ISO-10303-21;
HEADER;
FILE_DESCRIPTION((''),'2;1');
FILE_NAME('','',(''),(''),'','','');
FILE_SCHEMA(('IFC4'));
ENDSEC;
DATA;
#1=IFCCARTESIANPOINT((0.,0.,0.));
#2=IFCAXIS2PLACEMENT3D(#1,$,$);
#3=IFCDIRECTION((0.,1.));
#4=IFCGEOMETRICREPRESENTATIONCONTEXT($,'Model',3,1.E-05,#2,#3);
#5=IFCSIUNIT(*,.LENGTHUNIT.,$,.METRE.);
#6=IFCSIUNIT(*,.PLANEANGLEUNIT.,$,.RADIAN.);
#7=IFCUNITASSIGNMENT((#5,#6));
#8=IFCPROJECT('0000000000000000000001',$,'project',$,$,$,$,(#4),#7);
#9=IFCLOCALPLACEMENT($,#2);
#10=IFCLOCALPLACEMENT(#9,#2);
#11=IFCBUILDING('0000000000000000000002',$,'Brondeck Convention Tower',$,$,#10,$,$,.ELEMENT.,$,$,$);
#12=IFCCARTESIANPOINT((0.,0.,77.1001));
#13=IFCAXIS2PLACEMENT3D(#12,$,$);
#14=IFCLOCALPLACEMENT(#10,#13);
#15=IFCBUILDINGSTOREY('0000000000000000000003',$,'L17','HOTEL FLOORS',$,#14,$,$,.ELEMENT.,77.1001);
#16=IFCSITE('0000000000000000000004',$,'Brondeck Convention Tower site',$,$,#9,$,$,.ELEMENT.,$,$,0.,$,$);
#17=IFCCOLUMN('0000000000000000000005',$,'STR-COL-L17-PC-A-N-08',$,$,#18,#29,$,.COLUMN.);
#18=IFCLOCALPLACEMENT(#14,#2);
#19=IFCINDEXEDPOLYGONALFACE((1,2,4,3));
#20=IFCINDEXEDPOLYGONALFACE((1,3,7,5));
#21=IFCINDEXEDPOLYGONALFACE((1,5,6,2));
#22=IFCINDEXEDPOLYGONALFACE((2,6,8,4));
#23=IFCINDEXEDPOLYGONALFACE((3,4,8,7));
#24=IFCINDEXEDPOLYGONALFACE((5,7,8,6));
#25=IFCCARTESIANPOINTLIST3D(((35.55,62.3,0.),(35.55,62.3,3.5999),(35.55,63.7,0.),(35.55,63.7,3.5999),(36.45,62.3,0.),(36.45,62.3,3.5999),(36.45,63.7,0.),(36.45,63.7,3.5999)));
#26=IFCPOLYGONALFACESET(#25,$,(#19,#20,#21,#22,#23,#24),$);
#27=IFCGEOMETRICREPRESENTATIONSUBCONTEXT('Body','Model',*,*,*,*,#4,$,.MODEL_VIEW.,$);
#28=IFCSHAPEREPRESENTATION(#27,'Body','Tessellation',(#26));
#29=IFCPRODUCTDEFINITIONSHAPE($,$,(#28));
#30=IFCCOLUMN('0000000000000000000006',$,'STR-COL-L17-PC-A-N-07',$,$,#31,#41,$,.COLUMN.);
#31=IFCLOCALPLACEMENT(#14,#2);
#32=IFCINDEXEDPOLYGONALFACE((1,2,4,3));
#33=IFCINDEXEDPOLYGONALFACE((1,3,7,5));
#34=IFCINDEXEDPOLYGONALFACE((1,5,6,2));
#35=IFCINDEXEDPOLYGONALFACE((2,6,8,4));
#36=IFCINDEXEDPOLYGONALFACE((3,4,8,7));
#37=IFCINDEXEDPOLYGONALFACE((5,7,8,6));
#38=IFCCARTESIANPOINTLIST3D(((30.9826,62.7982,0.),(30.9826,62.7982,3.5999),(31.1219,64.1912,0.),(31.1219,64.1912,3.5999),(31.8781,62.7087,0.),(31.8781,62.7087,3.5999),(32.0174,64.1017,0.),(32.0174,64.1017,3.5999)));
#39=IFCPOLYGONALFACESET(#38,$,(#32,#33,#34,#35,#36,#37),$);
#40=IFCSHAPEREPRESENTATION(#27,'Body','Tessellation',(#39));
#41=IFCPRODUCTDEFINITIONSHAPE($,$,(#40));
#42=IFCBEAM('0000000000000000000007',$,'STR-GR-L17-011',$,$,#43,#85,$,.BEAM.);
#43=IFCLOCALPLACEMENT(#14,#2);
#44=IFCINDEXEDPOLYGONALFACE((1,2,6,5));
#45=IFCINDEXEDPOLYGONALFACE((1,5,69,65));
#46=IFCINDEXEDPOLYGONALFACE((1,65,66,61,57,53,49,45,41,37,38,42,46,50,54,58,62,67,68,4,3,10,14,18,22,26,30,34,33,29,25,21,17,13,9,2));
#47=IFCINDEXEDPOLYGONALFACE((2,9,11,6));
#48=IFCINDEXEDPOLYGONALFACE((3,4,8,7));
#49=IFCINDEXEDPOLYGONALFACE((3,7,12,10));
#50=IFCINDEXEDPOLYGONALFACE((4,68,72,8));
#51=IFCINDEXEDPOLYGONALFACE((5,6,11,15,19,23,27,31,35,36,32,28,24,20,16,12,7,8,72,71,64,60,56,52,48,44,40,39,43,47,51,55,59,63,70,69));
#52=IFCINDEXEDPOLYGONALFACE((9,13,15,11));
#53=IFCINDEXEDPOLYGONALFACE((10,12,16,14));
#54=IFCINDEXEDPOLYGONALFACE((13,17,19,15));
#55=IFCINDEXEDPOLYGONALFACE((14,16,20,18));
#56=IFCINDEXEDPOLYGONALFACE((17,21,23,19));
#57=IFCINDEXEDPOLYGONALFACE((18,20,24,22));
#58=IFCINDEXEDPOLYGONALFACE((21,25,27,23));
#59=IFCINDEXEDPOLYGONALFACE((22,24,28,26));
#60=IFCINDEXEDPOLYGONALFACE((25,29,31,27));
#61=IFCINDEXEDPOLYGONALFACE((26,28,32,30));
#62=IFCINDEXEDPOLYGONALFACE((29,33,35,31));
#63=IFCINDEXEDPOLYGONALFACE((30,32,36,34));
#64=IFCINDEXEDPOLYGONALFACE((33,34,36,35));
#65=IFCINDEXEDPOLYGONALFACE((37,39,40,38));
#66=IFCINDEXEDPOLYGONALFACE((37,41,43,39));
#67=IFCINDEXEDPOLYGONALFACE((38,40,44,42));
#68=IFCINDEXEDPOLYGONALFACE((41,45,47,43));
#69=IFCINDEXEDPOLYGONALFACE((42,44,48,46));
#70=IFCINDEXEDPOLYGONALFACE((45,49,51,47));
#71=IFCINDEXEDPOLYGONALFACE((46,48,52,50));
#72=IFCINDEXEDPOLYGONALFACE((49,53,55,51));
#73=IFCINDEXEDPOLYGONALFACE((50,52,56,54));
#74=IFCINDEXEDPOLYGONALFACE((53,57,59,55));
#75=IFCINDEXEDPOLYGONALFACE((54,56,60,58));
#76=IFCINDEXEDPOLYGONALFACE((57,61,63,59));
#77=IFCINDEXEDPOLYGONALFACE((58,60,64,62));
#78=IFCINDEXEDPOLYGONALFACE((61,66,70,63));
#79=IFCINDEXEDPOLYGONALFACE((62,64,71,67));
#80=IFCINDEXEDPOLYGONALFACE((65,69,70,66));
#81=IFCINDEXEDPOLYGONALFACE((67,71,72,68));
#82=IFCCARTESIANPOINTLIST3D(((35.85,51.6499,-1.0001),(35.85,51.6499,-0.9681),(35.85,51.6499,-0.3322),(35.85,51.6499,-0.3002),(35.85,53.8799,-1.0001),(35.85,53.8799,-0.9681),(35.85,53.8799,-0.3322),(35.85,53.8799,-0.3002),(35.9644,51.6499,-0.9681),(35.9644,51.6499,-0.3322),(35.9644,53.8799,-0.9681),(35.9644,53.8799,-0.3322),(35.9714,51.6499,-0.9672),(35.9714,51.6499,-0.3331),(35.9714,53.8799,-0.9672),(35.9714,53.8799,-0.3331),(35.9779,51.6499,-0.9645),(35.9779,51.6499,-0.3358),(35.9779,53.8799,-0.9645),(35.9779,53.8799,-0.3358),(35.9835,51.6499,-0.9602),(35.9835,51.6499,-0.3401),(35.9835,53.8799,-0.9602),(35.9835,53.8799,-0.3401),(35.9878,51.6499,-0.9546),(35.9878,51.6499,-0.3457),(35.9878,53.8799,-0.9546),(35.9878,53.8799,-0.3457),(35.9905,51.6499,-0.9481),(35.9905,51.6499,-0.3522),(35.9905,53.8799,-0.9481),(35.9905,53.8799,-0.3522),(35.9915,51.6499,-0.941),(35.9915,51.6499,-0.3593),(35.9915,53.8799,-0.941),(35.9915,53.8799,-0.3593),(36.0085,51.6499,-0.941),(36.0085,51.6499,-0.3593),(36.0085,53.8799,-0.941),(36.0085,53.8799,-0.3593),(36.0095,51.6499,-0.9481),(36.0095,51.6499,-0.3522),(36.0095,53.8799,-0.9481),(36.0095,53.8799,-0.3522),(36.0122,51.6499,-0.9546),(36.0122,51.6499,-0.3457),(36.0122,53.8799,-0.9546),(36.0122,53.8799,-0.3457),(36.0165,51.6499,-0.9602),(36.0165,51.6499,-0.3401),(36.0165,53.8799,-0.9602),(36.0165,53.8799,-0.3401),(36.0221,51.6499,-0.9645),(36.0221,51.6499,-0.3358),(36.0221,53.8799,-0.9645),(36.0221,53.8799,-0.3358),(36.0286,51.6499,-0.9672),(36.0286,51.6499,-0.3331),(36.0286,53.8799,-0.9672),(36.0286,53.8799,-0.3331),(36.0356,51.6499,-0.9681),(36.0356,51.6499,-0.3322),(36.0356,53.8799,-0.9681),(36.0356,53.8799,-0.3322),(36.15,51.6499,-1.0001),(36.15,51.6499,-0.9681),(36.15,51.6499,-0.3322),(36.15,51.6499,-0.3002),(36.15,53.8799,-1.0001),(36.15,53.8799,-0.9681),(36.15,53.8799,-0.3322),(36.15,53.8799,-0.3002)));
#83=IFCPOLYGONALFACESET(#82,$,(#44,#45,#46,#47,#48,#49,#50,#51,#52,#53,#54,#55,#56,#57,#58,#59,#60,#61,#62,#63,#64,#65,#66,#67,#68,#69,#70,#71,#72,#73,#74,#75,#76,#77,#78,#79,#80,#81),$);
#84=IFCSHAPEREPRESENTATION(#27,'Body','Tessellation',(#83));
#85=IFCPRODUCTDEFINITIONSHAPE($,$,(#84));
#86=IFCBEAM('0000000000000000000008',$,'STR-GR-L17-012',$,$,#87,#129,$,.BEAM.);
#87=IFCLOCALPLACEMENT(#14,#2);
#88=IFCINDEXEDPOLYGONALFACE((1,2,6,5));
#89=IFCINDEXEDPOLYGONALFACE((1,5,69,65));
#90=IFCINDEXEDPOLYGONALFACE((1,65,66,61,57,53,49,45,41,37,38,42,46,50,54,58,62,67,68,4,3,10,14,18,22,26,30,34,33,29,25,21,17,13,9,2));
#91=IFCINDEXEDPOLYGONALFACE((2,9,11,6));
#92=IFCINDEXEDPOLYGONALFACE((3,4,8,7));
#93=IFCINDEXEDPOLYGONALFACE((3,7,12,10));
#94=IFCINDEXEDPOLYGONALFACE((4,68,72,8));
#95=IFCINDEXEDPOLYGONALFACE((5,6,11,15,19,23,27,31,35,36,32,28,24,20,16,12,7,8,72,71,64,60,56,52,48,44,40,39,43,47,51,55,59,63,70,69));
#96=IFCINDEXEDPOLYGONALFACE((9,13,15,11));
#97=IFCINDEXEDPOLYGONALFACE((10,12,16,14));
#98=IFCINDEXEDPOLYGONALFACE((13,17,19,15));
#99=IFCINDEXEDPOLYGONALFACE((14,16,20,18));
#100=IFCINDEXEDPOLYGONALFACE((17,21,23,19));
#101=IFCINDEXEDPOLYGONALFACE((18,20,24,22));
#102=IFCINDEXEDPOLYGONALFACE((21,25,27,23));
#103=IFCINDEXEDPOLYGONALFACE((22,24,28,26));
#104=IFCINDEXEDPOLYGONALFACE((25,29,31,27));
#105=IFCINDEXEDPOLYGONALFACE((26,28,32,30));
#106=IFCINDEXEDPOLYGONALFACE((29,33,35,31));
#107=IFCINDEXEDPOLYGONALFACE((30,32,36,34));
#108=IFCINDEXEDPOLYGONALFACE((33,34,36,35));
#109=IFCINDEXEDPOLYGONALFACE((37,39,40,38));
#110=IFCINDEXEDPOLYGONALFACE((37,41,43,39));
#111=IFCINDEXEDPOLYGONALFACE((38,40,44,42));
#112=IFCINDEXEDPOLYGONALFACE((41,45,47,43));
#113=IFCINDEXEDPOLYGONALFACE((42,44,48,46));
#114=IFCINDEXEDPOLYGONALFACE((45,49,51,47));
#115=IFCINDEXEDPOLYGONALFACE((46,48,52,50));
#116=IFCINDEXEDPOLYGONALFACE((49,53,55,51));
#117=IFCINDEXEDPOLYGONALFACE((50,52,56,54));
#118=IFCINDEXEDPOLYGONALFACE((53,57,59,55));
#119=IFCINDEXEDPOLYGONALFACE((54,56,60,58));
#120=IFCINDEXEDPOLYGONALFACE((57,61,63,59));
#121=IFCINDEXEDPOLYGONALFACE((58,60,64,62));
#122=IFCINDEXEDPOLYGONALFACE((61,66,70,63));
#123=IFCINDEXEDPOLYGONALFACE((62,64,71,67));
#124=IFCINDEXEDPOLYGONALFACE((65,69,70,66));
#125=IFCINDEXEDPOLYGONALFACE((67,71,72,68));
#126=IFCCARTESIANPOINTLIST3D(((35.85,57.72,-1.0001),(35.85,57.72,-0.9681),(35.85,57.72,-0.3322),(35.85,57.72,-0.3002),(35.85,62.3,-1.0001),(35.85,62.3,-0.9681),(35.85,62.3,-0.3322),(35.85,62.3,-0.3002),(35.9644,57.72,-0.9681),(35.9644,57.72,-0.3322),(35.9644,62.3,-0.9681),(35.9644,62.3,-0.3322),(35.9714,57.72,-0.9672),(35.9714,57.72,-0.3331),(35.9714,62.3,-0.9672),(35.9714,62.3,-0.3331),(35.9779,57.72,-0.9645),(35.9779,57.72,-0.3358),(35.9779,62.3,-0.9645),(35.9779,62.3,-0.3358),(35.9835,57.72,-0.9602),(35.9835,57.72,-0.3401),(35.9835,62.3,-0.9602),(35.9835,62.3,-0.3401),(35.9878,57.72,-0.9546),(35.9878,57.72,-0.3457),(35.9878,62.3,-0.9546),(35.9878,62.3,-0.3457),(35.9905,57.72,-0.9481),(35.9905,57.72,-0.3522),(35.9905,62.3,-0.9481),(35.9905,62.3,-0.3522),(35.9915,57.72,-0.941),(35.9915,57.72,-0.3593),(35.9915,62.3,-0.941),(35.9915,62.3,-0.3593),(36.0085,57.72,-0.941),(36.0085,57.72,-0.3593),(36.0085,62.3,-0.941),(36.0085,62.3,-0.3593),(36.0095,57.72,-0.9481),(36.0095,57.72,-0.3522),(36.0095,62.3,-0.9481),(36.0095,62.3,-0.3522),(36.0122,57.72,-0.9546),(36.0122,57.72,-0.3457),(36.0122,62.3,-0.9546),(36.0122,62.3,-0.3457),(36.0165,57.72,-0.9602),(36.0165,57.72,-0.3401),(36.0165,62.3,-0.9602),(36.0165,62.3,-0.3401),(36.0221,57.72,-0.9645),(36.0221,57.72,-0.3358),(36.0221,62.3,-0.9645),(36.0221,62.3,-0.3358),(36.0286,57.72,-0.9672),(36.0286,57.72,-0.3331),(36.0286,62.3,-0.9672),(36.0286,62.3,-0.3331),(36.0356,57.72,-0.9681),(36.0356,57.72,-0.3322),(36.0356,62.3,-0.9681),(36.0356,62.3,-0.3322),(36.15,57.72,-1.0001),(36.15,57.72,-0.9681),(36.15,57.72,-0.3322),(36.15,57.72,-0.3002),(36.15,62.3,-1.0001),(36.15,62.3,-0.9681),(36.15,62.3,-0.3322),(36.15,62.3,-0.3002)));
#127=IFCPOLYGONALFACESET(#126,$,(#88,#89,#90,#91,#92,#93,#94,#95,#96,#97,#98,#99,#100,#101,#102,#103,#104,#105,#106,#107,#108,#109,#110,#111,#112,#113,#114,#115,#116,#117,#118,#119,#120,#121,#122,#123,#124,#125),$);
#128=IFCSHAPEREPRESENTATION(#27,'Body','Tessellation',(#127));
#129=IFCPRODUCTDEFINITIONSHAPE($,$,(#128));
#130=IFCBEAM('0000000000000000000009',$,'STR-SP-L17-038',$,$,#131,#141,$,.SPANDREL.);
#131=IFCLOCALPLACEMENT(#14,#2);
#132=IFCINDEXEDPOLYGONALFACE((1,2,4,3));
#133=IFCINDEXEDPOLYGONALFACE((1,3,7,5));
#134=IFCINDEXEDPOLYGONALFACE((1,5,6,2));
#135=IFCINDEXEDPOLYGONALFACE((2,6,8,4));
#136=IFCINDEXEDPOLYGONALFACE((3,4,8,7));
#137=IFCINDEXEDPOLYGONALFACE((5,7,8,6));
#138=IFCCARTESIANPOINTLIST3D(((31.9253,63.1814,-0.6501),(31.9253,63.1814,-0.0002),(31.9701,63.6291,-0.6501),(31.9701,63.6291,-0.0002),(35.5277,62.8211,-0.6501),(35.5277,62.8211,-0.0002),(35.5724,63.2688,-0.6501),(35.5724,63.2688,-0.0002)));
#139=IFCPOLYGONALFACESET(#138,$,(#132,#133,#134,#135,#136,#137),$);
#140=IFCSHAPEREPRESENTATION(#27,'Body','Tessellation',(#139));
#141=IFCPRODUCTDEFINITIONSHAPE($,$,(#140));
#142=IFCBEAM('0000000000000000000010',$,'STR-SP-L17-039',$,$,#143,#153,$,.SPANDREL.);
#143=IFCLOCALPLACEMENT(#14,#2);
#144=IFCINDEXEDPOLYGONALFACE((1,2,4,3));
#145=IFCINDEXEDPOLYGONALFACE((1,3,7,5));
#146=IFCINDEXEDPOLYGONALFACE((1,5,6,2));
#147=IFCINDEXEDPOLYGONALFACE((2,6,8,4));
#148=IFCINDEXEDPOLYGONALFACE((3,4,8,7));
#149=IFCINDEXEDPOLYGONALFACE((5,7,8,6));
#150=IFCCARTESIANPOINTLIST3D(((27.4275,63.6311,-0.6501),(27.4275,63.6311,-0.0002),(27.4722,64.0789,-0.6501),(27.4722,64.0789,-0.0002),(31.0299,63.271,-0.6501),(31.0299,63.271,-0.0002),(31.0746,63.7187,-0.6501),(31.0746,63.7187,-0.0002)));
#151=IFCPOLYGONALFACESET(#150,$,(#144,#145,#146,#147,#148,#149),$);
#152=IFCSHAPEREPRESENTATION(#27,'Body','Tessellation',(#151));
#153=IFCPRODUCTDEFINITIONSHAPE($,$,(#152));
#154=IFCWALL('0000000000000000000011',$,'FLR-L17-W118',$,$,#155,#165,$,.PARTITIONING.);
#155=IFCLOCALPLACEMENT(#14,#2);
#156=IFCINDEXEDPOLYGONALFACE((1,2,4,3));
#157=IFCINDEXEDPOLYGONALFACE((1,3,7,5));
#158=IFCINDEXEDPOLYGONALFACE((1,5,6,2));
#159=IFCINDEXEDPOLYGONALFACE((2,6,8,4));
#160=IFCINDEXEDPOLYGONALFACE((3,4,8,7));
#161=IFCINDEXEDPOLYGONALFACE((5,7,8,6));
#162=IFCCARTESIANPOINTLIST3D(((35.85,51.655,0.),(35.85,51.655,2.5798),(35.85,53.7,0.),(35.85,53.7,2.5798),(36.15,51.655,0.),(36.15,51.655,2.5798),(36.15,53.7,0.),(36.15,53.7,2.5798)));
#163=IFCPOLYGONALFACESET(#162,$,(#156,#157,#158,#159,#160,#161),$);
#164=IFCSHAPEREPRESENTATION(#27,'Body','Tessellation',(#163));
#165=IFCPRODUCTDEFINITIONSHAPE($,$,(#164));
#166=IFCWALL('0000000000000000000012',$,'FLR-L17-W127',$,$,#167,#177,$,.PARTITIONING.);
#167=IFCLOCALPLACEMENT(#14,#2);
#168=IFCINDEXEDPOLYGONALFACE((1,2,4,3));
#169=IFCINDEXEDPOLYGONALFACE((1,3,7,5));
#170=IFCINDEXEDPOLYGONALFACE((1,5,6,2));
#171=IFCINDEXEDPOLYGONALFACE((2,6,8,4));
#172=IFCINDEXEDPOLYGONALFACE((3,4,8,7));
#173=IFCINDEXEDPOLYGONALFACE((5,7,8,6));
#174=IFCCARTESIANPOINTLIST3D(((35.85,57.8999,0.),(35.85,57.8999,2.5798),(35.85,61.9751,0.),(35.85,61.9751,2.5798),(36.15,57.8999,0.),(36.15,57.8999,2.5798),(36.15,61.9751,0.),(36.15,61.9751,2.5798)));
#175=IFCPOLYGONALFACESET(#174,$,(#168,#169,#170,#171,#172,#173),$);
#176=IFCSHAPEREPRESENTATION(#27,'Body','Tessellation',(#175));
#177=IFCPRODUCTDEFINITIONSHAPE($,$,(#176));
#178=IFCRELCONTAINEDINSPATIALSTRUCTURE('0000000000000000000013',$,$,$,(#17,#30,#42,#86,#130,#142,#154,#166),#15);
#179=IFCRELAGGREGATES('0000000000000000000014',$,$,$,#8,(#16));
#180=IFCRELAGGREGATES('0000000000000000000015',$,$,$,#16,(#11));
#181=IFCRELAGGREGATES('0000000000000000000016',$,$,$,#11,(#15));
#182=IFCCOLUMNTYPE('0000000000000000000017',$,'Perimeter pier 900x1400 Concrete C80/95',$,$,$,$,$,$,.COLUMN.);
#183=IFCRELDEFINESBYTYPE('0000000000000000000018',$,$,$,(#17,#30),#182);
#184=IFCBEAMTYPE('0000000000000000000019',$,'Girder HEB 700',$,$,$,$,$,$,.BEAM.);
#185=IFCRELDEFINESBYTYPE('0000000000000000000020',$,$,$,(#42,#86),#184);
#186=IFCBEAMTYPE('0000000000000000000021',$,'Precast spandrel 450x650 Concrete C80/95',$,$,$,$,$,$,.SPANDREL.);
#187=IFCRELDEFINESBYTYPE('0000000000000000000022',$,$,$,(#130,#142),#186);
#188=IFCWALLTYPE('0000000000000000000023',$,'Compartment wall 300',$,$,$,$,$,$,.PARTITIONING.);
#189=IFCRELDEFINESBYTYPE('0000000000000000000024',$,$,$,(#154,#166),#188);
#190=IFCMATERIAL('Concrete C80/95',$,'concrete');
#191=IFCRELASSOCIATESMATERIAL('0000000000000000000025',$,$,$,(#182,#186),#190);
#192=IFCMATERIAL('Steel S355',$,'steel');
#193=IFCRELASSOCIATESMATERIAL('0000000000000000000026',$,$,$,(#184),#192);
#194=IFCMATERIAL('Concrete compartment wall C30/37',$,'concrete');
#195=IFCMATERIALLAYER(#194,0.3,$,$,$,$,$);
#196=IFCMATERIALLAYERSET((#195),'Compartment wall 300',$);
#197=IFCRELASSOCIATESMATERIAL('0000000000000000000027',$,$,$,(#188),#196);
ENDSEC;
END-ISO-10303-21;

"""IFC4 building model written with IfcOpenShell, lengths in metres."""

from ifc_helpers import new_model, si_unit, direction, frame, frame_2d, origin, origin_2d, place, context, subcontext, project, spatial, rectangle, i_section, extrude, material, layer, layer_set, material_profile, profile_set, type_object, element, save


model = new_model("IFC4")

# Units and contexts
model_context = context("Model", 3, precision=1e-05, world=origin(), true_north=direction((0.0, 1.0)))
body_context = subcontext(model_context, "Body", "Model", "MODEL_VIEW")
ifc_project = project(units=[si_unit("LENGTHUNIT", "METRE"), si_unit("PLANEANGLEUNIT", "RADIAN")], contexts=[model_context])

# Site, building, storey
site_placement = place(None, origin())
site = spatial("IfcSite", under=ifc_project, at=site_placement, Name="Brondeck Convention Tower site", CompositionType="ELEMENT", RefElevation=0.0)
building_placement = place(site_placement, origin())
building = spatial("IfcBuilding", under=site, at=building_placement, Name="Brondeck Convention Tower", CompositionType="ELEMENT")
storey_placement = place(building_placement, frame((0.0, 0.0, 77.1001)))
storey = spatial("IfcBuildingStorey", under=building, at=storey_placement, Name="L17", Description="HOTEL FLOORS", CompositionType="ELEMENT", Elevation=77.1001)

# Columns
ifc_material_1 = material(Name="Concrete C80/95", Category="concrete")
ifc_material_profile_1 = material_profile(ifc_material_1, rectangle(XDim=0.8999, YDim=1.3999, at=origin_2d()), Name="Perimeter pier 900x1400 Concrete C80/95")
ifc_profile_set_1 = profile_set([ifc_material_profile_1], Name="Concrete C80/95")
column_type = type_object("IfcColumnType", Name="Perimeter pier 900x1400 Concrete C80/95", PredefinedType="COLUMN", material=ifc_profile_set_1)
for number, where, z_axis, x_axis, name in (
    (1, (36.0, 63.0, 0.0), (0.0, 0.0, 1.0), (-1.0, 0.0, 0.0), "STR-COL-L17-PC-A-N-08"),
    (2, (31.5, 63.45, 0.0), (0.0, 0.0, 1.0), (-0.995037, 0.099504, 0.0), "STR-COL-L17-PC-A-N-07"),
):
    element("IfcColumn", number, at=place(storey_placement, frame(where, z_axis=z_axis, x_axis=x_axis)), inside=storey, type_object=column_type, Name=name, PredefinedType="COLUMN", context=body_context, shape_type="SweptSolid", body=[
        extrude(rectangle(XDim=0.8999, YDim=1.3999, at=origin_2d()), origin(), (0.0, 0.0, 1.0), 3.5999),
    ])

# Beams
ifc_material_2 = material(Name="Steel S355", Category="steel")
ifc_material_profile_2 = material_profile(ifc_material_2, i_section(OverallWidth=0.3, OverallDepth=0.7, WebThickness=0.0171, FlangeThickness=0.032, FilletRadius=0.0271, at=origin_2d()), Name="HEB 700")
ifc_profile_set_2 = profile_set([ifc_material_profile_2], Name="Steel S355")
beam_type_1 = type_object("IfcBeamType", Name="Girder HEB 700", PredefinedType="BEAM", material=ifc_profile_set_2)
beam_1_placement = place(storey_placement, frame((36.0, 51.6499, -0.6501), z_axis=(0.0, 1.0, 0.0), x_axis=(-1.0, 0.0, 0.0)))
element("IfcBeam", 3, at=beam_1_placement, inside=storey, type_object=beam_type_1, Name="STR-GR-L17-011", PredefinedType="BEAM", context=body_context, shape_type="SweptSolid", body=[
    extrude(i_section(OverallWidth=0.3, OverallDepth=0.7, WebThickness=0.0171, FlangeThickness=0.032, FilletRadius=0.0271, at=origin_2d()), origin(), (0.0, 0.0, 1.0), 2.23),
])
beam_2_placement = place(storey_placement, frame((36.0, 57.72, -0.6501), z_axis=(0.0, 1.0, 0.0), x_axis=(-1.0, 0.0, 0.0)))
element("IfcBeam", 4, at=beam_2_placement, inside=storey, type_object=beam_type_1, Name="STR-GR-L17-012", PredefinedType="BEAM", context=body_context, shape_type="SweptSolid", body=[
    extrude(i_section(OverallWidth=0.3, OverallDepth=0.7, WebThickness=0.0171, FlangeThickness=0.032, FilletRadius=0.0271, at=origin_2d()), origin(), (0.0, 0.0, 1.0), 4.5801),
])
ifc_material_profile_3 = material_profile(ifc_material_1, rectangle(XDim=0.45, YDim=0.6499, at=origin_2d()), Name="Precast spandrel 450x650 Concrete C80/95")
ifc_profile_set_3 = profile_set([ifc_material_profile_3], Name="Concrete C80/95")
beam_type_2 = type_object("IfcBeamType", Name="Precast spandrel 450x650 Concrete C80/95", PredefinedType="SPANDREL", material=ifc_profile_set_3)
for number, where, z_axis, x_axis, name in (
    (5, (35.55, 63.0449, -0.3252), (-0.995034, 0.099537, 0.0), (-0.099537, -0.995034, 0.0), "STR-SP-L17-038"),
    (6, (31.0522, 63.4949, -0.3252), (-0.995041, 0.09947, 0.0), (-0.09947, -0.995041, 0.0), "STR-SP-L17-039"),
):
    element("IfcBeam", number, at=place(storey_placement, frame(where, z_axis=z_axis, x_axis=x_axis)), inside=storey, type_object=beam_type_2, Name=name, PredefinedType="SPANDREL", context=body_context, shape_type="SweptSolid", body=[
        extrude(rectangle(XDim=0.45, YDim=0.6499, at=origin_2d()), origin(), (0.0, 0.0, 1.0), 3.6204),
    ])

# Walls
ifc_material_3 = material(Name="Concrete compartment wall C30/37", Category="concrete")
ifc_layer_1 = layer(ifc_material_3, 0.3)
ifc_layer_set_1 = layer_set([ifc_layer_1], Name="Compartment wall 300")
wall_type_1 = type_object("IfcWallType", Name="Compartment wall 300", PredefinedType="PARTITIONING", material=ifc_layer_set_1)
wall_1_placement = place(storey_placement, frame((36.0, 53.7, 0.0), z_axis=(0.0, 0.0, 1.0), x_axis=(0.0, -1.0, 0.0)))
element("IfcWall", 7, at=wall_1_placement, inside=storey, type_object=wall_type_1, Name="FLR-L17-W118", PredefinedType="PARTITIONING", context=body_context, shape_type="SweptSolid", body=[
    extrude(rectangle(XDim=2.0449, YDim=0.3, at=frame_2d((1.0225, 0.0))), origin(), (0.0, 0.0, 1.0), 2.5798),
])
wall_2_placement = place(storey_placement, frame((36.0, 61.9751, 0.0), z_axis=(0.0, 0.0, 1.0), x_axis=(0.0, -1.0, 0.0)))
element("IfcWall", 8, at=wall_2_placement, inside=storey, type_object=wall_type_1, Name="FLR-L17-W127", PredefinedType="PARTITIONING", context=body_context, shape_type="SweptSolid", body=[
    extrude(rectangle(XDim=4.0752, YDim=0.3, at=frame_2d((2.0376, 0.0))), origin(), (0.0, 0.0, 1.0), 2.5798),
])

save(model, "model.ifc")
